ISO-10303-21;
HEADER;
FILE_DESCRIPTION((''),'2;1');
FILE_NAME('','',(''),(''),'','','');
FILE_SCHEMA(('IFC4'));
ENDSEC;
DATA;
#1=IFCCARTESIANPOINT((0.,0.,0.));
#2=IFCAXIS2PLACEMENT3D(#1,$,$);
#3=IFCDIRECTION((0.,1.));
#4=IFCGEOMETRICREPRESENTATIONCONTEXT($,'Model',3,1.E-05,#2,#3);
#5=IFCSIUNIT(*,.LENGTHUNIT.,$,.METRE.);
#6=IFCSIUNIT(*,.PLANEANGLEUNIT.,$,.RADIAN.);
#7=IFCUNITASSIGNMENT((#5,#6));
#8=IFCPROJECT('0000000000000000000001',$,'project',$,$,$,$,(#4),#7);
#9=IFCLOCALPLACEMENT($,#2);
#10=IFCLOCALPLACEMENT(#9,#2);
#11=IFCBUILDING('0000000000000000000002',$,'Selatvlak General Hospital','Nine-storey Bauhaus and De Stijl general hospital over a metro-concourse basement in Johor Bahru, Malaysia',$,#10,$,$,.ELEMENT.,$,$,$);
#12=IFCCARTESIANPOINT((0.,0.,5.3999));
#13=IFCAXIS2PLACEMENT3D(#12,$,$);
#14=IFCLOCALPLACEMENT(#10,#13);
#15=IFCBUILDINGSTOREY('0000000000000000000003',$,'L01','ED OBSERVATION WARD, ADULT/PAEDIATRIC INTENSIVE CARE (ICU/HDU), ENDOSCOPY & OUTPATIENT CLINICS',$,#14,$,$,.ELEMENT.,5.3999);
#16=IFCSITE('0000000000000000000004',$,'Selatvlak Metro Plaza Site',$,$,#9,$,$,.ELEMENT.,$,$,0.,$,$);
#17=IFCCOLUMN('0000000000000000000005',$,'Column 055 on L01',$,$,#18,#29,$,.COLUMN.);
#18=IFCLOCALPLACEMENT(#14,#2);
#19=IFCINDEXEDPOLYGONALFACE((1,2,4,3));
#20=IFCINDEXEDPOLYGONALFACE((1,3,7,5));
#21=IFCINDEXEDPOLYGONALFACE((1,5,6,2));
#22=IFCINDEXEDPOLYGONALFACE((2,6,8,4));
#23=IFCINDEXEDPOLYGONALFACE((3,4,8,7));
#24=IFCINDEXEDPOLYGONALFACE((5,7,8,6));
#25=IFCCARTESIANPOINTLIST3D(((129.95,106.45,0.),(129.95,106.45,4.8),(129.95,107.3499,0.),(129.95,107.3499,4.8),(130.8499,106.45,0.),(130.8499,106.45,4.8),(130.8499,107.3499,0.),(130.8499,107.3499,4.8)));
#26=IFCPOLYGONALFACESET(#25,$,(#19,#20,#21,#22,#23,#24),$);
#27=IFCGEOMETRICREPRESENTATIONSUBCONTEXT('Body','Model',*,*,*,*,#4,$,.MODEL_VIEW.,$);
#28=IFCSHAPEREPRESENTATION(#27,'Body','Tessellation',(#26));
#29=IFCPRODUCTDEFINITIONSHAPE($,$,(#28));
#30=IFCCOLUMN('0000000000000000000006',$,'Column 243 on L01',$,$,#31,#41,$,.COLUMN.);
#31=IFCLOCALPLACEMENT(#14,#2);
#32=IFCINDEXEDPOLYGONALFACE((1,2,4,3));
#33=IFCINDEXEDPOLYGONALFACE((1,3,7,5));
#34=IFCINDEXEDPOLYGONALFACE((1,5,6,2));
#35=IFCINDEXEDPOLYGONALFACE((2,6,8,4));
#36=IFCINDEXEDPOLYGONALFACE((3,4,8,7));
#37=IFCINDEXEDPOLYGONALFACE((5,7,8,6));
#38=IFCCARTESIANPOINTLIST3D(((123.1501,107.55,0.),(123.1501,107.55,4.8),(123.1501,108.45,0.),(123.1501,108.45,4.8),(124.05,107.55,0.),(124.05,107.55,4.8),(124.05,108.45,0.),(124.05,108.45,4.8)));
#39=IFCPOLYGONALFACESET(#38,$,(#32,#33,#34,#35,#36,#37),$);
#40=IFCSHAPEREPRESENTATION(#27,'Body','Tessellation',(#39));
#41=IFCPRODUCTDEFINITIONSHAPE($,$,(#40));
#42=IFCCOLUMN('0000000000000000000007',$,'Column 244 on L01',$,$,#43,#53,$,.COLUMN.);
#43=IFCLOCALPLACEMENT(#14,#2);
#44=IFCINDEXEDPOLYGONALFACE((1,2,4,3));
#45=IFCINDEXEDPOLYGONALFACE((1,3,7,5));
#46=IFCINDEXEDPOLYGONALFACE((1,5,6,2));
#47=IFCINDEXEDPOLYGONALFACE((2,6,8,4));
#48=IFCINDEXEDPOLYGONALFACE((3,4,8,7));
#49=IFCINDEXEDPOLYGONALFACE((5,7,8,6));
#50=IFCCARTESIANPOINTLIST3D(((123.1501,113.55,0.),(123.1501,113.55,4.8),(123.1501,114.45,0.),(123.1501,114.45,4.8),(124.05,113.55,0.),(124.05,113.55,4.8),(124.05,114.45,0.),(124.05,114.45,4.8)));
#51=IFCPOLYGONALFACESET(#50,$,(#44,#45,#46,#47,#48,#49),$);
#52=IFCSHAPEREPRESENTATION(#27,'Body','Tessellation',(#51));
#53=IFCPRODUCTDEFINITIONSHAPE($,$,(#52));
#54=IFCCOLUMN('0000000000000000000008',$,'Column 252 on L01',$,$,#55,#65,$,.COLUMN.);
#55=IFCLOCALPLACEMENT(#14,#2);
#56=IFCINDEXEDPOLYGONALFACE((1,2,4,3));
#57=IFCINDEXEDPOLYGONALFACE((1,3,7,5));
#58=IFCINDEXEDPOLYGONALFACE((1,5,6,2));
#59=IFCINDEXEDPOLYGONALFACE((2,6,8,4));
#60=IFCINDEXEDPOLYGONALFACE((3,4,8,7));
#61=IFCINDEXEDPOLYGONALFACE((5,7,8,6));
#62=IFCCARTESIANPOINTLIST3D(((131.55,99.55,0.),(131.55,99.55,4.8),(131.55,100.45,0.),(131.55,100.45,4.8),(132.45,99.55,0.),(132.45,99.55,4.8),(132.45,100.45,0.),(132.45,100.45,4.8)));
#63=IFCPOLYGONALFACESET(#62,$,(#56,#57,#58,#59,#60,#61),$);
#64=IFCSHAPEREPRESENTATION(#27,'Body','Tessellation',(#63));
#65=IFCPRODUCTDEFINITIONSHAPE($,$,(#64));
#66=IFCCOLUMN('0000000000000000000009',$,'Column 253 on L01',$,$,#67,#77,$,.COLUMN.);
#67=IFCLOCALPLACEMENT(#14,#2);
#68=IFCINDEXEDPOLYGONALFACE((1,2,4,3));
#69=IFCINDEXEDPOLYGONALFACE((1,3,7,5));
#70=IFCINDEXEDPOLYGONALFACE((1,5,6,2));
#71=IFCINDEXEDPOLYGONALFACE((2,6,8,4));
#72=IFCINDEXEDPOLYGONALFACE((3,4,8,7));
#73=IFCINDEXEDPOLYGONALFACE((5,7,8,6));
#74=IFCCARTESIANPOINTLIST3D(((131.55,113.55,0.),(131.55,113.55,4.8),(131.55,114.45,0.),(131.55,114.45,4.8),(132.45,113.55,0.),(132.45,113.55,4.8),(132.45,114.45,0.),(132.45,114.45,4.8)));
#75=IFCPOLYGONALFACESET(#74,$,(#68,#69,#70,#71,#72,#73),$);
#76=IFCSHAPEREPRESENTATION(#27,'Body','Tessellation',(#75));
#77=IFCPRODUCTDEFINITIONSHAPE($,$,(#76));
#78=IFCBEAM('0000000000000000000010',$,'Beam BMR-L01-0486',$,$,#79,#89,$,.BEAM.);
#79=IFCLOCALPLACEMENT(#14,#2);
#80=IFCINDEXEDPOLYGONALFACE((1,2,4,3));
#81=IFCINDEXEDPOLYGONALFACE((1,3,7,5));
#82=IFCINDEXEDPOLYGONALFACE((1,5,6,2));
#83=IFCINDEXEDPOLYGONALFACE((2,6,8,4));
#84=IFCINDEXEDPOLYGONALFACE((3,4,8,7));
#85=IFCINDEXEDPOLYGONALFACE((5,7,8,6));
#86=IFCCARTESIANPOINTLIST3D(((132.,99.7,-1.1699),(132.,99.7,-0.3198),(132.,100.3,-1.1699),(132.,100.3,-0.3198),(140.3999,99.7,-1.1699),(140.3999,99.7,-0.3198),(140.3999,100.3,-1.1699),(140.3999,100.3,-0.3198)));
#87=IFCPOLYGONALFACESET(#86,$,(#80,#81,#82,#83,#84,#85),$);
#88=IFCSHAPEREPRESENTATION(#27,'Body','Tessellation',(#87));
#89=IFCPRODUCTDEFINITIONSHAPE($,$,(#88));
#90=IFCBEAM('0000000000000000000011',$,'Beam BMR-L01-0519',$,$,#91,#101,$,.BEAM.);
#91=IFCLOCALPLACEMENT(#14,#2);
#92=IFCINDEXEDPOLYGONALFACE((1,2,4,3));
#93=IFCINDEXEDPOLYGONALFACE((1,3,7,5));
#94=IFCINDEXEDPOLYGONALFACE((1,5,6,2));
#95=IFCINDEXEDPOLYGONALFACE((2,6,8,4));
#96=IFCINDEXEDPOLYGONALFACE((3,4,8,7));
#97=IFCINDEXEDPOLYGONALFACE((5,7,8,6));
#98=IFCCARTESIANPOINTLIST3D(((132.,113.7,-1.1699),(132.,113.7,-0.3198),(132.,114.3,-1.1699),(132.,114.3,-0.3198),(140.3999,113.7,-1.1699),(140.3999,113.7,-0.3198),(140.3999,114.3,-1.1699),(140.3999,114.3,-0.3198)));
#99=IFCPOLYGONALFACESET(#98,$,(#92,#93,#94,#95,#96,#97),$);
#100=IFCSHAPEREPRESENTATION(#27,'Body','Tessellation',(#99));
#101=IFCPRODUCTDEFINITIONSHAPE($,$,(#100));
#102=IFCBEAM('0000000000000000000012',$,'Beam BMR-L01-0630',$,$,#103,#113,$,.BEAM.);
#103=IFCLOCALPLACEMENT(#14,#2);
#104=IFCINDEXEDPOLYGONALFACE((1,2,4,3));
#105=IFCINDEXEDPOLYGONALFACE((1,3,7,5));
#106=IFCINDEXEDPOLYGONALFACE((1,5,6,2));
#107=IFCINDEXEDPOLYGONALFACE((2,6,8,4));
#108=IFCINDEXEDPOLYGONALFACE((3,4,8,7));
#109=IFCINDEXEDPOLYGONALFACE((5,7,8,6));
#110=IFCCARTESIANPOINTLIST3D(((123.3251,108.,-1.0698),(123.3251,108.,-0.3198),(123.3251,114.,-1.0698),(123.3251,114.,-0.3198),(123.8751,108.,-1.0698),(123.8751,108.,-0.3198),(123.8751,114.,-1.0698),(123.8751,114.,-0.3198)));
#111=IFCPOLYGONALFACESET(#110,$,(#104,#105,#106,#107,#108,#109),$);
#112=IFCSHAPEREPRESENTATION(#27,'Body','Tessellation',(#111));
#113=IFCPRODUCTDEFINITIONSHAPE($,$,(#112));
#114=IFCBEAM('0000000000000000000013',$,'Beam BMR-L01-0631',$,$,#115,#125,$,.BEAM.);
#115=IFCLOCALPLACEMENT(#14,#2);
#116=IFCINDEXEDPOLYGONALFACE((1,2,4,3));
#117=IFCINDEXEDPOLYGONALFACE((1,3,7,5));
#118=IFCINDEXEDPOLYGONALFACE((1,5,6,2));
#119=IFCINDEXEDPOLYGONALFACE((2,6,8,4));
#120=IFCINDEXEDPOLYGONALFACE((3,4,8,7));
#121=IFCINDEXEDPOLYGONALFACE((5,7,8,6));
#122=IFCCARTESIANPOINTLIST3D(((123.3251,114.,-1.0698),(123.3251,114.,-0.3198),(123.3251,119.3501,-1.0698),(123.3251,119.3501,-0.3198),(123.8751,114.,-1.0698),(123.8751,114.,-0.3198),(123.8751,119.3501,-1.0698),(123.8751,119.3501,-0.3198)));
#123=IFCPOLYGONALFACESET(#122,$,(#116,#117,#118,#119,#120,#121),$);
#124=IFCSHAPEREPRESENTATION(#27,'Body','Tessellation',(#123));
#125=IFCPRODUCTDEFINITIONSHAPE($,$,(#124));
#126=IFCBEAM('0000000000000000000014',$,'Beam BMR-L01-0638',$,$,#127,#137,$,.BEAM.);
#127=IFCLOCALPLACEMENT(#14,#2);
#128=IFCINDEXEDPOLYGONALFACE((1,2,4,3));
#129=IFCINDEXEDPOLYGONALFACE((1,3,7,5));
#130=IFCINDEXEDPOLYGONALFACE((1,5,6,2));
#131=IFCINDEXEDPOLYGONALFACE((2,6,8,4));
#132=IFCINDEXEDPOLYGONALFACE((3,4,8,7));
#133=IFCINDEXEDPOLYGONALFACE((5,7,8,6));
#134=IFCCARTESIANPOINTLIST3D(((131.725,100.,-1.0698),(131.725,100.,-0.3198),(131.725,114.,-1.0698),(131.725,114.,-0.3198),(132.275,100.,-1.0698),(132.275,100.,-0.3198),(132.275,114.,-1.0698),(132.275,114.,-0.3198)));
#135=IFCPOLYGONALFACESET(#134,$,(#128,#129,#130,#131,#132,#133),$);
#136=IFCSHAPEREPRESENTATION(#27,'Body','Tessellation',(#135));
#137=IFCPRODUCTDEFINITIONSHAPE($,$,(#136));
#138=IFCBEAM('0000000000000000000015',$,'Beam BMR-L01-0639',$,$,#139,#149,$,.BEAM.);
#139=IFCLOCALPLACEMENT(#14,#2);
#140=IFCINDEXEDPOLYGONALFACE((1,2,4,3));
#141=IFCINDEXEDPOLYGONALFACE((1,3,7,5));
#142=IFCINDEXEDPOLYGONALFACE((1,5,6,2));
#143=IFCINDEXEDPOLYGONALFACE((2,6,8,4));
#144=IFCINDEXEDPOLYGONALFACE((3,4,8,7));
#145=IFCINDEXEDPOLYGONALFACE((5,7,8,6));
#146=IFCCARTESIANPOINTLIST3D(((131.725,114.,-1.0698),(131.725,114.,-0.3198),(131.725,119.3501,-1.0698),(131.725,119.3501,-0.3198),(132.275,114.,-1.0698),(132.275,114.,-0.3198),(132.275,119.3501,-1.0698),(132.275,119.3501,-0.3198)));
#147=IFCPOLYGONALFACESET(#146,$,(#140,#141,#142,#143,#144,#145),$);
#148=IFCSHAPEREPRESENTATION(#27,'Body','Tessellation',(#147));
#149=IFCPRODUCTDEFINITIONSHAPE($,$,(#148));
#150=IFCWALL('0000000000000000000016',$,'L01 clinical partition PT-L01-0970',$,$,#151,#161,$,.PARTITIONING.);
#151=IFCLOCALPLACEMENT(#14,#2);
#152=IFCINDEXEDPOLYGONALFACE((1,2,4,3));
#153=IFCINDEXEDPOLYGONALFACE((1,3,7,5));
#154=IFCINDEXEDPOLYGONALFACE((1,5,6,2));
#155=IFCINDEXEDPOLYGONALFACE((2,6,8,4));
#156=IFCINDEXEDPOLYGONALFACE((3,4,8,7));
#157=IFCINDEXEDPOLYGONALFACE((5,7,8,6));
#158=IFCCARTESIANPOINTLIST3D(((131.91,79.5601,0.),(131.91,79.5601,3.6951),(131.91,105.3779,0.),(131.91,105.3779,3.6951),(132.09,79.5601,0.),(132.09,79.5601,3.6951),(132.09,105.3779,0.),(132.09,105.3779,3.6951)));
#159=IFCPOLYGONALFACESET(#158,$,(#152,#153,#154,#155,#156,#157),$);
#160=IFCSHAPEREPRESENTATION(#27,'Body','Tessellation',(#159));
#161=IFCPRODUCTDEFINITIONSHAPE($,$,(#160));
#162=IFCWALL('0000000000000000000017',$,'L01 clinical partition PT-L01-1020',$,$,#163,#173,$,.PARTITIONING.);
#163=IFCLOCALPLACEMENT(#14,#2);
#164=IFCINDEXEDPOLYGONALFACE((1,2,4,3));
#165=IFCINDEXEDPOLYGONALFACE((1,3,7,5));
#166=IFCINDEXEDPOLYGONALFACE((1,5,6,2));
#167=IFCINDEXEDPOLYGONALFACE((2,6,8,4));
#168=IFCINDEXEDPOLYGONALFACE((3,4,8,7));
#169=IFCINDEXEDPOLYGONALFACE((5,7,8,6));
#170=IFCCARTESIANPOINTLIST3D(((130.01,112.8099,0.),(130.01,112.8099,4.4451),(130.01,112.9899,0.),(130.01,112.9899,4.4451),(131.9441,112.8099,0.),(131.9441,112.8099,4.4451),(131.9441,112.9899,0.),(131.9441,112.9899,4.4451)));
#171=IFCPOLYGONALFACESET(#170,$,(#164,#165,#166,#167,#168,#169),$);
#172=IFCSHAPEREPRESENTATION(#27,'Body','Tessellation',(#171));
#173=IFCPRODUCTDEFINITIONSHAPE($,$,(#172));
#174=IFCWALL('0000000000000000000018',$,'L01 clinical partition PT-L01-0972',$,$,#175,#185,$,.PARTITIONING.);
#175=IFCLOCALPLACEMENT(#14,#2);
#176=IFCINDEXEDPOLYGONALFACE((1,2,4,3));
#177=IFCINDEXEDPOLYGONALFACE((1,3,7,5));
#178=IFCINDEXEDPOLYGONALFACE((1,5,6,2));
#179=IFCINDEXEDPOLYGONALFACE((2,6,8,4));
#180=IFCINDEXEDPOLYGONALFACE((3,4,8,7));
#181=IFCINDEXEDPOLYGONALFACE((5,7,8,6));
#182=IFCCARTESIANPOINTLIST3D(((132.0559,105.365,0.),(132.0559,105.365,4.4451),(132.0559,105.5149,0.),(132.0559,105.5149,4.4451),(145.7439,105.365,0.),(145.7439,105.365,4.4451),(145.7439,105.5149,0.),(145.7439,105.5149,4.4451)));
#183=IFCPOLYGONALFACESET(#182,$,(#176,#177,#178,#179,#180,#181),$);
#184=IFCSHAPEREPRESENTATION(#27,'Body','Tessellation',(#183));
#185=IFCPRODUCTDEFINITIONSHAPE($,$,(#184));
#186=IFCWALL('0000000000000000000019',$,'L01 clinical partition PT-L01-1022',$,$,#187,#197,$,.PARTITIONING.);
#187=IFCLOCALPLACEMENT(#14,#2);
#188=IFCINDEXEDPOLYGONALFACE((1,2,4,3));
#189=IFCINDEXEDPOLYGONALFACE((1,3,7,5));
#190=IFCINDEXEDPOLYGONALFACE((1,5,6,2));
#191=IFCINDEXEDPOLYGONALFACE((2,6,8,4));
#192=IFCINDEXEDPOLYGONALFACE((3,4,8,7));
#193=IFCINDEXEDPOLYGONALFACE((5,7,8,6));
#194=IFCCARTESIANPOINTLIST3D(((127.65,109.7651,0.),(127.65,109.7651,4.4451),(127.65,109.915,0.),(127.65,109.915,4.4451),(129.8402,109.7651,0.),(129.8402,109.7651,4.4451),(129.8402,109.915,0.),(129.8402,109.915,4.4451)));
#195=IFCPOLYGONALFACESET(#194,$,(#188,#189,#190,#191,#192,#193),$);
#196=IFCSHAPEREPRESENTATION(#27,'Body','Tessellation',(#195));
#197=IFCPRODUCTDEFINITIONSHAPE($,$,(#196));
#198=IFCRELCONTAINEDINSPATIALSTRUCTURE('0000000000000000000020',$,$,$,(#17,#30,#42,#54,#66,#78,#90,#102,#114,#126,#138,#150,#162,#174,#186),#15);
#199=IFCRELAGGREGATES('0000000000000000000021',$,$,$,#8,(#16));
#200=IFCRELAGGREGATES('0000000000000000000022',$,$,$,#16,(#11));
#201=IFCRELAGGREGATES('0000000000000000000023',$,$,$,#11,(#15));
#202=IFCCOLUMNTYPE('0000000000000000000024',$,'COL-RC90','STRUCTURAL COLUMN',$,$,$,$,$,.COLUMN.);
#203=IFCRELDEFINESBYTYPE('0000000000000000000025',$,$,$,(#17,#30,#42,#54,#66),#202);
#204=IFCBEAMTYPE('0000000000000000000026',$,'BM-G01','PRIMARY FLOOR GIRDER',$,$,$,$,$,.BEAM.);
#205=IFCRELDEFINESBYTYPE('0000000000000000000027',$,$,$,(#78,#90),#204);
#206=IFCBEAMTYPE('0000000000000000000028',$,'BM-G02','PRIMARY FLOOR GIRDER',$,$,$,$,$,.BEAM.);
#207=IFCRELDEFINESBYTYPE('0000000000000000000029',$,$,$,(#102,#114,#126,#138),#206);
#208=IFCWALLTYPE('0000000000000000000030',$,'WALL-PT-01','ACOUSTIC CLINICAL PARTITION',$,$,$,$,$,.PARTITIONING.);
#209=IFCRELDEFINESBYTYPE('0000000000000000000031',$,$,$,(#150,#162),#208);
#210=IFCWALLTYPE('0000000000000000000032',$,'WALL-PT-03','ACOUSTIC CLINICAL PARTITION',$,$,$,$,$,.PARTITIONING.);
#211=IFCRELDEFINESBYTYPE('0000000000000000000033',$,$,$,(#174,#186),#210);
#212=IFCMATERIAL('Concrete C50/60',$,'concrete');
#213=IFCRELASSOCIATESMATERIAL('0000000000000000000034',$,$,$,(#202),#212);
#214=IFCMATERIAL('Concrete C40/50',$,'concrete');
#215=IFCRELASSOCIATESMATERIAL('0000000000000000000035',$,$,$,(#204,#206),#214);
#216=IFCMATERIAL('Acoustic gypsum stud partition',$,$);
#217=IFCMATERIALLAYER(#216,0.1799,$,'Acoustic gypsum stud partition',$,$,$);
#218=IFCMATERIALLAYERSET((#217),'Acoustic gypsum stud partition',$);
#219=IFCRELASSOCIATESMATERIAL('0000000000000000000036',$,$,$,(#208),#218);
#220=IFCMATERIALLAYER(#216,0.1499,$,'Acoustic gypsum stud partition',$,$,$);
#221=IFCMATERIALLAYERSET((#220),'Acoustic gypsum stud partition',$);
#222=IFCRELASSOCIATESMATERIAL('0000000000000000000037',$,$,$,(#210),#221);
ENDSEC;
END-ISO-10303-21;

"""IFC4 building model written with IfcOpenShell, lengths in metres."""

from ifc_helpers import new_model, si_unit, direction, frame, frame_2d, origin, origin_2d, place, context, subcontext, project, spatial, rectangle, extrude, material, layer, layer_set, material_profile, profile_set, type_object, element, save


model = new_model("IFC4")

# Units and contexts
model_context = context("Model", 3, precision=1e-05, world=origin(), true_north=direction((0.0, 1.0)))
body_context = subcontext(model_context, "Body", "Model", "MODEL_VIEW")
ifc_project = project(units=[si_unit("LENGTHUNIT", "METRE"), si_unit("PLANEANGLEUNIT", "RADIAN")], contexts=[model_context])

# Site, building, storey
site_placement = place(None, origin())
site = spatial("IfcSite", under=ifc_project, at=site_placement, Name="Selatvlak Metro Plaza Site", CompositionType="ELEMENT", RefElevation=0.0)
building_placement = place(site_placement, origin())
building = spatial("IfcBuilding", under=site, at=building_placement, Name="Selatvlak General Hospital", Description="Nine-storey Bauhaus and De Stijl general hospital over a metro-concourse basement in Johor Bahru, Malaysia", CompositionType="ELEMENT")
storey_placement = place(building_placement, frame((0.0, 0.0, 5.3999)))
storey = spatial("IfcBuildingStorey", under=building, at=storey_placement, Name="L01", Description="ED OBSERVATION WARD, ADULT/PAEDIATRIC INTENSIVE CARE (ICU/HDU), ENDOSCOPY & OUTPATIENT CLINICS", CompositionType="ELEMENT", Elevation=5.3999)

# Columns
ifc_material_1 = material(Name="Concrete C50/60", Category="concrete")
ifc_material_profile_1 = material_profile(ifc_material_1, rectangle(XDim=0.8999, YDim=0.8999, at=origin_2d()), Name="RC-COL 900x900")
ifc_profile_set_1 = profile_set([ifc_material_profile_1], Name="Concrete C50/60")
column_type = type_object("IfcColumnType", Name="COL-RC90", Description="STRUCTURAL COLUMN", PredefinedType="COLUMN", material=ifc_profile_set_1)
for number, where, z_axis, x_axis, name in (
    (1, (130.3999, 106.8999, 0.0), (0.0, 0.0, 1.0), (1.0, 0.0, 0.0), "Column 055 on L01"),
    (2, (123.6001, 108.0, 0.0), (0.0, 0.0, 1.0), (1.0, 0.0, 0.0), "Column 243 on L01"),
    (3, (123.6001, 114.0, 0.0), (0.0, 0.0, 1.0), (1.0, 0.0, 0.0), "Column 244 on L01"),
    (4, (132.0, 100.0, 0.0), (0.0, 0.0, 1.0), (1.0, 0.0, 0.0), "Column 252 on L01"),
    (5, (132.0, 114.0, 0.0), (0.0, 0.0, 1.0), (1.0, 0.0, 0.0), "Column 253 on L01"),
):
    element("IfcColumn", number, at=place(storey_placement, frame(where, z_axis=z_axis, x_axis=x_axis)), inside=storey, type_object=column_type, Name=name, PredefinedType="COLUMN", context=body_context, shape_type="SweptSolid", body=[
        extrude(rectangle(XDim=0.8999, YDim=0.8999, at=origin_2d()), origin(), (0.0, 0.0, 1.0), 4.8),
    ])

# Beams
ifc_material_2 = material(Name="Concrete C40/50", Category="concrete")
ifc_material_profile_2 = material_profile(ifc_material_2, rectangle(XDim=0.6001, YDim=0.8501, at=origin_2d()), Name="RC-BM 600x850")
ifc_profile_set_2 = profile_set([ifc_material_profile_2], Name="Concrete C40/50")
beam_type_1 = type_object("IfcBeamType", Name="BM-G01", Description="PRIMARY FLOOR GIRDER", PredefinedType="BEAM", material=ifc_profile_set_2)
for number, where, z_axis, x_axis, name in (
    (6, (132.0, 100.0, -0.7449), (1.0, 0.0, 0.0), (0.0, 1.0, 0.0), "Beam BMR-L01-0486"),
    (7, (132.0, 114.0, -0.7449), (1.0, 0.0, 0.0), (0.0, 1.0, 0.0), "Beam BMR-L01-0519"),
):
    element("IfcBeam", number, at=place(storey_placement, frame(where, z_axis=z_axis, x_axis=x_axis)), inside=storey, type_object=beam_type_1, Name=name, PredefinedType="BEAM", context=body_context, shape_type="SweptSolid", body=[
        extrude(rectangle(XDim=0.6001, YDim=0.8501, at=origin_2d()), origin(), (0.0, 0.0, 1.0), 8.3999),
    ])
ifc_material_profile_3 = material_profile(ifc_material_2, rectangle(XDim=0.55, YDim=0.75, at=origin_2d()), Name="RC-BM 550x750")
ifc_profile_set_3 = profile_set([ifc_material_profile_3], Name="Concrete C40/50")
beam_type_2 = type_object("IfcBeamType", Name="BM-G02", Description="PRIMARY FLOOR GIRDER", PredefinedType="BEAM", material=ifc_profile_set_3)
beam_1_placement = place(storey_placement, frame((123.6001, 108.0, -0.6948), z_axis=(0.0, 1.0, 0.0), x_axis=(-1.0, 0.0, 0.0)))
element("IfcBeam", 8, at=beam_1_placement, inside=storey, type_object=beam_type_2, Name="Beam BMR-L01-0630", PredefinedType="BEAM", context=body_context, shape_type="SweptSolid", body=[
    extrude(rectangle(XDim=0.55, YDim=0.75, at=origin_2d()), origin(), (0.0, 0.0, 1.0), 6.0),
])
beam_2_placement = place(storey_placement, frame((123.6001, 114.0, -0.6948), z_axis=(0.0, 1.0, 0.0), x_axis=(-1.0, 0.0, 0.0)))
element("IfcBeam", 9, at=beam_2_placement, inside=storey, type_object=beam_type_2, Name="Beam BMR-L01-0631", PredefinedType="BEAM", context=body_context, shape_type="SweptSolid", body=[
    extrude(rectangle(XDim=0.55, YDim=0.75, at=origin_2d()), origin(), (0.0, 0.0, 1.0), 5.3501),
])
beam_3_placement = place(storey_placement, frame((132.0, 100.0, -0.6948), z_axis=(0.0, 1.0, 0.0), x_axis=(-1.0, 0.0, 0.0)))
element("IfcBeam", 10, at=beam_3_placement, inside=storey, type_object=beam_type_2, Name="Beam BMR-L01-0638", PredefinedType="BEAM", context=body_context, shape_type="SweptSolid", body=[
    extrude(rectangle(XDim=0.55, YDim=0.75, at=origin_2d()), origin(), (0.0, 0.0, 1.0), 14.0),
])
beam_4_placement = place(storey_placement, frame((132.0, 114.0, -0.6948), z_axis=(0.0, 1.0, 0.0), x_axis=(-1.0, 0.0, 0.0)))
element("IfcBeam", 11, at=beam_4_placement, inside=storey, type_object=beam_type_2, Name="Beam BMR-L01-0639", PredefinedType="BEAM", context=body_context, shape_type="SweptSolid", body=[
    extrude(rectangle(XDim=0.55, YDim=0.75, at=origin_2d()), origin(), (0.0, 0.0, 1.0), 5.3501),
])

# Walls
ifc_material_3 = material(Name="Acoustic gypsum stud partition")
ifc_layer_1 = layer(ifc_material_3, 0.1799, Name="Acoustic gypsum stud partition")
ifc_layer_set_1 = layer_set([ifc_layer_1], Name="Acoustic gypsum stud partition")
wall_type_1 = type_object("IfcWallType", Name="WALL-PT-01", Description="ACOUSTIC CLINICAL PARTITION", PredefinedType="PARTITIONING", material=ifc_layer_set_1)
wall_1_placement = place(storey_placement, frame((132.0, 105.3779, 0.0), z_axis=(0.0, 0.0, 1.0), x_axis=(0.0, -1.0, 0.0)))
element("IfcWall", 12, at=wall_1_placement, inside=storey, type_object=wall_type_1, Name="L01 clinical partition PT-L01-0970", PredefinedType="PARTITIONING", context=body_context, shape_type="SweptSolid", body=[
    extrude(rectangle(XDim=25.8179, YDim=0.1799, at=frame_2d((12.9089, 0.0))), origin(), (0.0, 0.0, 1.0), 3.6951),
])
wall_2_placement = place(storey_placement, frame((131.9441, 112.8999, 0.0), z_axis=(0.0, 0.0, 1.0), x_axis=(-1.0, 0.0, 0.0)))
element("IfcWall", 13, at=wall_2_placement, inside=storey, type_object=wall_type_1, Name="L01 clinical partition PT-L01-1020", PredefinedType="PARTITIONING", context=body_context, shape_type="SweptSolid", body=[
    extrude(rectangle(XDim=1.9341, YDim=0.1799, at=frame_2d((0.967, 0.0))), origin(), (0.0, 0.0, 1.0), 4.4451),
])

# Walls
ifc_layer_2 = layer(ifc_material_3, 0.1499, Name="Acoustic gypsum stud partition")
ifc_layer_set_2 = layer_set([ifc_layer_2], Name="Acoustic gypsum stud partition")
wall_type_2 = type_object("IfcWallType", Name="WALL-PT-03", Description="ACOUSTIC CLINICAL PARTITION", PredefinedType="PARTITIONING", material=ifc_layer_set_2)
wall_3_placement = place(storey_placement, frame((132.0559, 105.4399, 0.0), z_axis=(0.0, 0.0, 1.0), x_axis=(1.0, 0.0, 0.0)))
element("IfcWall", 14, at=wall_3_placement, inside=storey, type_object=wall_type_2, Name="L01 clinical partition PT-L01-0972", PredefinedType="PARTITIONING", context=body_context, shape_type="SweptSolid", body=[
    extrude(rectangle(XDim=13.688, YDim=0.1499, at=frame_2d((6.844, 0.0))), origin(), (0.0, 0.0, 1.0), 4.4451),
])
wall_4_placement = place(storey_placement, frame((127.6499, 109.8401, 0.0), z_axis=(0.0, 0.0, 1.0), x_axis=(1.0, 0.0, 0.0)))
element("IfcWall", 15, at=wall_4_placement, inside=storey, type_object=wall_type_2, Name="L01 clinical partition PT-L01-1022", PredefinedType="PARTITIONING", context=body_context, shape_type="SweptSolid", body=[
    extrude(rectangle(XDim=2.1902, YDim=0.1499, at=frame_2d((1.0952, 0.0))), origin(), (0.0, 0.0, 1.0), 4.4451),
])

save(model, "model.ifc")
